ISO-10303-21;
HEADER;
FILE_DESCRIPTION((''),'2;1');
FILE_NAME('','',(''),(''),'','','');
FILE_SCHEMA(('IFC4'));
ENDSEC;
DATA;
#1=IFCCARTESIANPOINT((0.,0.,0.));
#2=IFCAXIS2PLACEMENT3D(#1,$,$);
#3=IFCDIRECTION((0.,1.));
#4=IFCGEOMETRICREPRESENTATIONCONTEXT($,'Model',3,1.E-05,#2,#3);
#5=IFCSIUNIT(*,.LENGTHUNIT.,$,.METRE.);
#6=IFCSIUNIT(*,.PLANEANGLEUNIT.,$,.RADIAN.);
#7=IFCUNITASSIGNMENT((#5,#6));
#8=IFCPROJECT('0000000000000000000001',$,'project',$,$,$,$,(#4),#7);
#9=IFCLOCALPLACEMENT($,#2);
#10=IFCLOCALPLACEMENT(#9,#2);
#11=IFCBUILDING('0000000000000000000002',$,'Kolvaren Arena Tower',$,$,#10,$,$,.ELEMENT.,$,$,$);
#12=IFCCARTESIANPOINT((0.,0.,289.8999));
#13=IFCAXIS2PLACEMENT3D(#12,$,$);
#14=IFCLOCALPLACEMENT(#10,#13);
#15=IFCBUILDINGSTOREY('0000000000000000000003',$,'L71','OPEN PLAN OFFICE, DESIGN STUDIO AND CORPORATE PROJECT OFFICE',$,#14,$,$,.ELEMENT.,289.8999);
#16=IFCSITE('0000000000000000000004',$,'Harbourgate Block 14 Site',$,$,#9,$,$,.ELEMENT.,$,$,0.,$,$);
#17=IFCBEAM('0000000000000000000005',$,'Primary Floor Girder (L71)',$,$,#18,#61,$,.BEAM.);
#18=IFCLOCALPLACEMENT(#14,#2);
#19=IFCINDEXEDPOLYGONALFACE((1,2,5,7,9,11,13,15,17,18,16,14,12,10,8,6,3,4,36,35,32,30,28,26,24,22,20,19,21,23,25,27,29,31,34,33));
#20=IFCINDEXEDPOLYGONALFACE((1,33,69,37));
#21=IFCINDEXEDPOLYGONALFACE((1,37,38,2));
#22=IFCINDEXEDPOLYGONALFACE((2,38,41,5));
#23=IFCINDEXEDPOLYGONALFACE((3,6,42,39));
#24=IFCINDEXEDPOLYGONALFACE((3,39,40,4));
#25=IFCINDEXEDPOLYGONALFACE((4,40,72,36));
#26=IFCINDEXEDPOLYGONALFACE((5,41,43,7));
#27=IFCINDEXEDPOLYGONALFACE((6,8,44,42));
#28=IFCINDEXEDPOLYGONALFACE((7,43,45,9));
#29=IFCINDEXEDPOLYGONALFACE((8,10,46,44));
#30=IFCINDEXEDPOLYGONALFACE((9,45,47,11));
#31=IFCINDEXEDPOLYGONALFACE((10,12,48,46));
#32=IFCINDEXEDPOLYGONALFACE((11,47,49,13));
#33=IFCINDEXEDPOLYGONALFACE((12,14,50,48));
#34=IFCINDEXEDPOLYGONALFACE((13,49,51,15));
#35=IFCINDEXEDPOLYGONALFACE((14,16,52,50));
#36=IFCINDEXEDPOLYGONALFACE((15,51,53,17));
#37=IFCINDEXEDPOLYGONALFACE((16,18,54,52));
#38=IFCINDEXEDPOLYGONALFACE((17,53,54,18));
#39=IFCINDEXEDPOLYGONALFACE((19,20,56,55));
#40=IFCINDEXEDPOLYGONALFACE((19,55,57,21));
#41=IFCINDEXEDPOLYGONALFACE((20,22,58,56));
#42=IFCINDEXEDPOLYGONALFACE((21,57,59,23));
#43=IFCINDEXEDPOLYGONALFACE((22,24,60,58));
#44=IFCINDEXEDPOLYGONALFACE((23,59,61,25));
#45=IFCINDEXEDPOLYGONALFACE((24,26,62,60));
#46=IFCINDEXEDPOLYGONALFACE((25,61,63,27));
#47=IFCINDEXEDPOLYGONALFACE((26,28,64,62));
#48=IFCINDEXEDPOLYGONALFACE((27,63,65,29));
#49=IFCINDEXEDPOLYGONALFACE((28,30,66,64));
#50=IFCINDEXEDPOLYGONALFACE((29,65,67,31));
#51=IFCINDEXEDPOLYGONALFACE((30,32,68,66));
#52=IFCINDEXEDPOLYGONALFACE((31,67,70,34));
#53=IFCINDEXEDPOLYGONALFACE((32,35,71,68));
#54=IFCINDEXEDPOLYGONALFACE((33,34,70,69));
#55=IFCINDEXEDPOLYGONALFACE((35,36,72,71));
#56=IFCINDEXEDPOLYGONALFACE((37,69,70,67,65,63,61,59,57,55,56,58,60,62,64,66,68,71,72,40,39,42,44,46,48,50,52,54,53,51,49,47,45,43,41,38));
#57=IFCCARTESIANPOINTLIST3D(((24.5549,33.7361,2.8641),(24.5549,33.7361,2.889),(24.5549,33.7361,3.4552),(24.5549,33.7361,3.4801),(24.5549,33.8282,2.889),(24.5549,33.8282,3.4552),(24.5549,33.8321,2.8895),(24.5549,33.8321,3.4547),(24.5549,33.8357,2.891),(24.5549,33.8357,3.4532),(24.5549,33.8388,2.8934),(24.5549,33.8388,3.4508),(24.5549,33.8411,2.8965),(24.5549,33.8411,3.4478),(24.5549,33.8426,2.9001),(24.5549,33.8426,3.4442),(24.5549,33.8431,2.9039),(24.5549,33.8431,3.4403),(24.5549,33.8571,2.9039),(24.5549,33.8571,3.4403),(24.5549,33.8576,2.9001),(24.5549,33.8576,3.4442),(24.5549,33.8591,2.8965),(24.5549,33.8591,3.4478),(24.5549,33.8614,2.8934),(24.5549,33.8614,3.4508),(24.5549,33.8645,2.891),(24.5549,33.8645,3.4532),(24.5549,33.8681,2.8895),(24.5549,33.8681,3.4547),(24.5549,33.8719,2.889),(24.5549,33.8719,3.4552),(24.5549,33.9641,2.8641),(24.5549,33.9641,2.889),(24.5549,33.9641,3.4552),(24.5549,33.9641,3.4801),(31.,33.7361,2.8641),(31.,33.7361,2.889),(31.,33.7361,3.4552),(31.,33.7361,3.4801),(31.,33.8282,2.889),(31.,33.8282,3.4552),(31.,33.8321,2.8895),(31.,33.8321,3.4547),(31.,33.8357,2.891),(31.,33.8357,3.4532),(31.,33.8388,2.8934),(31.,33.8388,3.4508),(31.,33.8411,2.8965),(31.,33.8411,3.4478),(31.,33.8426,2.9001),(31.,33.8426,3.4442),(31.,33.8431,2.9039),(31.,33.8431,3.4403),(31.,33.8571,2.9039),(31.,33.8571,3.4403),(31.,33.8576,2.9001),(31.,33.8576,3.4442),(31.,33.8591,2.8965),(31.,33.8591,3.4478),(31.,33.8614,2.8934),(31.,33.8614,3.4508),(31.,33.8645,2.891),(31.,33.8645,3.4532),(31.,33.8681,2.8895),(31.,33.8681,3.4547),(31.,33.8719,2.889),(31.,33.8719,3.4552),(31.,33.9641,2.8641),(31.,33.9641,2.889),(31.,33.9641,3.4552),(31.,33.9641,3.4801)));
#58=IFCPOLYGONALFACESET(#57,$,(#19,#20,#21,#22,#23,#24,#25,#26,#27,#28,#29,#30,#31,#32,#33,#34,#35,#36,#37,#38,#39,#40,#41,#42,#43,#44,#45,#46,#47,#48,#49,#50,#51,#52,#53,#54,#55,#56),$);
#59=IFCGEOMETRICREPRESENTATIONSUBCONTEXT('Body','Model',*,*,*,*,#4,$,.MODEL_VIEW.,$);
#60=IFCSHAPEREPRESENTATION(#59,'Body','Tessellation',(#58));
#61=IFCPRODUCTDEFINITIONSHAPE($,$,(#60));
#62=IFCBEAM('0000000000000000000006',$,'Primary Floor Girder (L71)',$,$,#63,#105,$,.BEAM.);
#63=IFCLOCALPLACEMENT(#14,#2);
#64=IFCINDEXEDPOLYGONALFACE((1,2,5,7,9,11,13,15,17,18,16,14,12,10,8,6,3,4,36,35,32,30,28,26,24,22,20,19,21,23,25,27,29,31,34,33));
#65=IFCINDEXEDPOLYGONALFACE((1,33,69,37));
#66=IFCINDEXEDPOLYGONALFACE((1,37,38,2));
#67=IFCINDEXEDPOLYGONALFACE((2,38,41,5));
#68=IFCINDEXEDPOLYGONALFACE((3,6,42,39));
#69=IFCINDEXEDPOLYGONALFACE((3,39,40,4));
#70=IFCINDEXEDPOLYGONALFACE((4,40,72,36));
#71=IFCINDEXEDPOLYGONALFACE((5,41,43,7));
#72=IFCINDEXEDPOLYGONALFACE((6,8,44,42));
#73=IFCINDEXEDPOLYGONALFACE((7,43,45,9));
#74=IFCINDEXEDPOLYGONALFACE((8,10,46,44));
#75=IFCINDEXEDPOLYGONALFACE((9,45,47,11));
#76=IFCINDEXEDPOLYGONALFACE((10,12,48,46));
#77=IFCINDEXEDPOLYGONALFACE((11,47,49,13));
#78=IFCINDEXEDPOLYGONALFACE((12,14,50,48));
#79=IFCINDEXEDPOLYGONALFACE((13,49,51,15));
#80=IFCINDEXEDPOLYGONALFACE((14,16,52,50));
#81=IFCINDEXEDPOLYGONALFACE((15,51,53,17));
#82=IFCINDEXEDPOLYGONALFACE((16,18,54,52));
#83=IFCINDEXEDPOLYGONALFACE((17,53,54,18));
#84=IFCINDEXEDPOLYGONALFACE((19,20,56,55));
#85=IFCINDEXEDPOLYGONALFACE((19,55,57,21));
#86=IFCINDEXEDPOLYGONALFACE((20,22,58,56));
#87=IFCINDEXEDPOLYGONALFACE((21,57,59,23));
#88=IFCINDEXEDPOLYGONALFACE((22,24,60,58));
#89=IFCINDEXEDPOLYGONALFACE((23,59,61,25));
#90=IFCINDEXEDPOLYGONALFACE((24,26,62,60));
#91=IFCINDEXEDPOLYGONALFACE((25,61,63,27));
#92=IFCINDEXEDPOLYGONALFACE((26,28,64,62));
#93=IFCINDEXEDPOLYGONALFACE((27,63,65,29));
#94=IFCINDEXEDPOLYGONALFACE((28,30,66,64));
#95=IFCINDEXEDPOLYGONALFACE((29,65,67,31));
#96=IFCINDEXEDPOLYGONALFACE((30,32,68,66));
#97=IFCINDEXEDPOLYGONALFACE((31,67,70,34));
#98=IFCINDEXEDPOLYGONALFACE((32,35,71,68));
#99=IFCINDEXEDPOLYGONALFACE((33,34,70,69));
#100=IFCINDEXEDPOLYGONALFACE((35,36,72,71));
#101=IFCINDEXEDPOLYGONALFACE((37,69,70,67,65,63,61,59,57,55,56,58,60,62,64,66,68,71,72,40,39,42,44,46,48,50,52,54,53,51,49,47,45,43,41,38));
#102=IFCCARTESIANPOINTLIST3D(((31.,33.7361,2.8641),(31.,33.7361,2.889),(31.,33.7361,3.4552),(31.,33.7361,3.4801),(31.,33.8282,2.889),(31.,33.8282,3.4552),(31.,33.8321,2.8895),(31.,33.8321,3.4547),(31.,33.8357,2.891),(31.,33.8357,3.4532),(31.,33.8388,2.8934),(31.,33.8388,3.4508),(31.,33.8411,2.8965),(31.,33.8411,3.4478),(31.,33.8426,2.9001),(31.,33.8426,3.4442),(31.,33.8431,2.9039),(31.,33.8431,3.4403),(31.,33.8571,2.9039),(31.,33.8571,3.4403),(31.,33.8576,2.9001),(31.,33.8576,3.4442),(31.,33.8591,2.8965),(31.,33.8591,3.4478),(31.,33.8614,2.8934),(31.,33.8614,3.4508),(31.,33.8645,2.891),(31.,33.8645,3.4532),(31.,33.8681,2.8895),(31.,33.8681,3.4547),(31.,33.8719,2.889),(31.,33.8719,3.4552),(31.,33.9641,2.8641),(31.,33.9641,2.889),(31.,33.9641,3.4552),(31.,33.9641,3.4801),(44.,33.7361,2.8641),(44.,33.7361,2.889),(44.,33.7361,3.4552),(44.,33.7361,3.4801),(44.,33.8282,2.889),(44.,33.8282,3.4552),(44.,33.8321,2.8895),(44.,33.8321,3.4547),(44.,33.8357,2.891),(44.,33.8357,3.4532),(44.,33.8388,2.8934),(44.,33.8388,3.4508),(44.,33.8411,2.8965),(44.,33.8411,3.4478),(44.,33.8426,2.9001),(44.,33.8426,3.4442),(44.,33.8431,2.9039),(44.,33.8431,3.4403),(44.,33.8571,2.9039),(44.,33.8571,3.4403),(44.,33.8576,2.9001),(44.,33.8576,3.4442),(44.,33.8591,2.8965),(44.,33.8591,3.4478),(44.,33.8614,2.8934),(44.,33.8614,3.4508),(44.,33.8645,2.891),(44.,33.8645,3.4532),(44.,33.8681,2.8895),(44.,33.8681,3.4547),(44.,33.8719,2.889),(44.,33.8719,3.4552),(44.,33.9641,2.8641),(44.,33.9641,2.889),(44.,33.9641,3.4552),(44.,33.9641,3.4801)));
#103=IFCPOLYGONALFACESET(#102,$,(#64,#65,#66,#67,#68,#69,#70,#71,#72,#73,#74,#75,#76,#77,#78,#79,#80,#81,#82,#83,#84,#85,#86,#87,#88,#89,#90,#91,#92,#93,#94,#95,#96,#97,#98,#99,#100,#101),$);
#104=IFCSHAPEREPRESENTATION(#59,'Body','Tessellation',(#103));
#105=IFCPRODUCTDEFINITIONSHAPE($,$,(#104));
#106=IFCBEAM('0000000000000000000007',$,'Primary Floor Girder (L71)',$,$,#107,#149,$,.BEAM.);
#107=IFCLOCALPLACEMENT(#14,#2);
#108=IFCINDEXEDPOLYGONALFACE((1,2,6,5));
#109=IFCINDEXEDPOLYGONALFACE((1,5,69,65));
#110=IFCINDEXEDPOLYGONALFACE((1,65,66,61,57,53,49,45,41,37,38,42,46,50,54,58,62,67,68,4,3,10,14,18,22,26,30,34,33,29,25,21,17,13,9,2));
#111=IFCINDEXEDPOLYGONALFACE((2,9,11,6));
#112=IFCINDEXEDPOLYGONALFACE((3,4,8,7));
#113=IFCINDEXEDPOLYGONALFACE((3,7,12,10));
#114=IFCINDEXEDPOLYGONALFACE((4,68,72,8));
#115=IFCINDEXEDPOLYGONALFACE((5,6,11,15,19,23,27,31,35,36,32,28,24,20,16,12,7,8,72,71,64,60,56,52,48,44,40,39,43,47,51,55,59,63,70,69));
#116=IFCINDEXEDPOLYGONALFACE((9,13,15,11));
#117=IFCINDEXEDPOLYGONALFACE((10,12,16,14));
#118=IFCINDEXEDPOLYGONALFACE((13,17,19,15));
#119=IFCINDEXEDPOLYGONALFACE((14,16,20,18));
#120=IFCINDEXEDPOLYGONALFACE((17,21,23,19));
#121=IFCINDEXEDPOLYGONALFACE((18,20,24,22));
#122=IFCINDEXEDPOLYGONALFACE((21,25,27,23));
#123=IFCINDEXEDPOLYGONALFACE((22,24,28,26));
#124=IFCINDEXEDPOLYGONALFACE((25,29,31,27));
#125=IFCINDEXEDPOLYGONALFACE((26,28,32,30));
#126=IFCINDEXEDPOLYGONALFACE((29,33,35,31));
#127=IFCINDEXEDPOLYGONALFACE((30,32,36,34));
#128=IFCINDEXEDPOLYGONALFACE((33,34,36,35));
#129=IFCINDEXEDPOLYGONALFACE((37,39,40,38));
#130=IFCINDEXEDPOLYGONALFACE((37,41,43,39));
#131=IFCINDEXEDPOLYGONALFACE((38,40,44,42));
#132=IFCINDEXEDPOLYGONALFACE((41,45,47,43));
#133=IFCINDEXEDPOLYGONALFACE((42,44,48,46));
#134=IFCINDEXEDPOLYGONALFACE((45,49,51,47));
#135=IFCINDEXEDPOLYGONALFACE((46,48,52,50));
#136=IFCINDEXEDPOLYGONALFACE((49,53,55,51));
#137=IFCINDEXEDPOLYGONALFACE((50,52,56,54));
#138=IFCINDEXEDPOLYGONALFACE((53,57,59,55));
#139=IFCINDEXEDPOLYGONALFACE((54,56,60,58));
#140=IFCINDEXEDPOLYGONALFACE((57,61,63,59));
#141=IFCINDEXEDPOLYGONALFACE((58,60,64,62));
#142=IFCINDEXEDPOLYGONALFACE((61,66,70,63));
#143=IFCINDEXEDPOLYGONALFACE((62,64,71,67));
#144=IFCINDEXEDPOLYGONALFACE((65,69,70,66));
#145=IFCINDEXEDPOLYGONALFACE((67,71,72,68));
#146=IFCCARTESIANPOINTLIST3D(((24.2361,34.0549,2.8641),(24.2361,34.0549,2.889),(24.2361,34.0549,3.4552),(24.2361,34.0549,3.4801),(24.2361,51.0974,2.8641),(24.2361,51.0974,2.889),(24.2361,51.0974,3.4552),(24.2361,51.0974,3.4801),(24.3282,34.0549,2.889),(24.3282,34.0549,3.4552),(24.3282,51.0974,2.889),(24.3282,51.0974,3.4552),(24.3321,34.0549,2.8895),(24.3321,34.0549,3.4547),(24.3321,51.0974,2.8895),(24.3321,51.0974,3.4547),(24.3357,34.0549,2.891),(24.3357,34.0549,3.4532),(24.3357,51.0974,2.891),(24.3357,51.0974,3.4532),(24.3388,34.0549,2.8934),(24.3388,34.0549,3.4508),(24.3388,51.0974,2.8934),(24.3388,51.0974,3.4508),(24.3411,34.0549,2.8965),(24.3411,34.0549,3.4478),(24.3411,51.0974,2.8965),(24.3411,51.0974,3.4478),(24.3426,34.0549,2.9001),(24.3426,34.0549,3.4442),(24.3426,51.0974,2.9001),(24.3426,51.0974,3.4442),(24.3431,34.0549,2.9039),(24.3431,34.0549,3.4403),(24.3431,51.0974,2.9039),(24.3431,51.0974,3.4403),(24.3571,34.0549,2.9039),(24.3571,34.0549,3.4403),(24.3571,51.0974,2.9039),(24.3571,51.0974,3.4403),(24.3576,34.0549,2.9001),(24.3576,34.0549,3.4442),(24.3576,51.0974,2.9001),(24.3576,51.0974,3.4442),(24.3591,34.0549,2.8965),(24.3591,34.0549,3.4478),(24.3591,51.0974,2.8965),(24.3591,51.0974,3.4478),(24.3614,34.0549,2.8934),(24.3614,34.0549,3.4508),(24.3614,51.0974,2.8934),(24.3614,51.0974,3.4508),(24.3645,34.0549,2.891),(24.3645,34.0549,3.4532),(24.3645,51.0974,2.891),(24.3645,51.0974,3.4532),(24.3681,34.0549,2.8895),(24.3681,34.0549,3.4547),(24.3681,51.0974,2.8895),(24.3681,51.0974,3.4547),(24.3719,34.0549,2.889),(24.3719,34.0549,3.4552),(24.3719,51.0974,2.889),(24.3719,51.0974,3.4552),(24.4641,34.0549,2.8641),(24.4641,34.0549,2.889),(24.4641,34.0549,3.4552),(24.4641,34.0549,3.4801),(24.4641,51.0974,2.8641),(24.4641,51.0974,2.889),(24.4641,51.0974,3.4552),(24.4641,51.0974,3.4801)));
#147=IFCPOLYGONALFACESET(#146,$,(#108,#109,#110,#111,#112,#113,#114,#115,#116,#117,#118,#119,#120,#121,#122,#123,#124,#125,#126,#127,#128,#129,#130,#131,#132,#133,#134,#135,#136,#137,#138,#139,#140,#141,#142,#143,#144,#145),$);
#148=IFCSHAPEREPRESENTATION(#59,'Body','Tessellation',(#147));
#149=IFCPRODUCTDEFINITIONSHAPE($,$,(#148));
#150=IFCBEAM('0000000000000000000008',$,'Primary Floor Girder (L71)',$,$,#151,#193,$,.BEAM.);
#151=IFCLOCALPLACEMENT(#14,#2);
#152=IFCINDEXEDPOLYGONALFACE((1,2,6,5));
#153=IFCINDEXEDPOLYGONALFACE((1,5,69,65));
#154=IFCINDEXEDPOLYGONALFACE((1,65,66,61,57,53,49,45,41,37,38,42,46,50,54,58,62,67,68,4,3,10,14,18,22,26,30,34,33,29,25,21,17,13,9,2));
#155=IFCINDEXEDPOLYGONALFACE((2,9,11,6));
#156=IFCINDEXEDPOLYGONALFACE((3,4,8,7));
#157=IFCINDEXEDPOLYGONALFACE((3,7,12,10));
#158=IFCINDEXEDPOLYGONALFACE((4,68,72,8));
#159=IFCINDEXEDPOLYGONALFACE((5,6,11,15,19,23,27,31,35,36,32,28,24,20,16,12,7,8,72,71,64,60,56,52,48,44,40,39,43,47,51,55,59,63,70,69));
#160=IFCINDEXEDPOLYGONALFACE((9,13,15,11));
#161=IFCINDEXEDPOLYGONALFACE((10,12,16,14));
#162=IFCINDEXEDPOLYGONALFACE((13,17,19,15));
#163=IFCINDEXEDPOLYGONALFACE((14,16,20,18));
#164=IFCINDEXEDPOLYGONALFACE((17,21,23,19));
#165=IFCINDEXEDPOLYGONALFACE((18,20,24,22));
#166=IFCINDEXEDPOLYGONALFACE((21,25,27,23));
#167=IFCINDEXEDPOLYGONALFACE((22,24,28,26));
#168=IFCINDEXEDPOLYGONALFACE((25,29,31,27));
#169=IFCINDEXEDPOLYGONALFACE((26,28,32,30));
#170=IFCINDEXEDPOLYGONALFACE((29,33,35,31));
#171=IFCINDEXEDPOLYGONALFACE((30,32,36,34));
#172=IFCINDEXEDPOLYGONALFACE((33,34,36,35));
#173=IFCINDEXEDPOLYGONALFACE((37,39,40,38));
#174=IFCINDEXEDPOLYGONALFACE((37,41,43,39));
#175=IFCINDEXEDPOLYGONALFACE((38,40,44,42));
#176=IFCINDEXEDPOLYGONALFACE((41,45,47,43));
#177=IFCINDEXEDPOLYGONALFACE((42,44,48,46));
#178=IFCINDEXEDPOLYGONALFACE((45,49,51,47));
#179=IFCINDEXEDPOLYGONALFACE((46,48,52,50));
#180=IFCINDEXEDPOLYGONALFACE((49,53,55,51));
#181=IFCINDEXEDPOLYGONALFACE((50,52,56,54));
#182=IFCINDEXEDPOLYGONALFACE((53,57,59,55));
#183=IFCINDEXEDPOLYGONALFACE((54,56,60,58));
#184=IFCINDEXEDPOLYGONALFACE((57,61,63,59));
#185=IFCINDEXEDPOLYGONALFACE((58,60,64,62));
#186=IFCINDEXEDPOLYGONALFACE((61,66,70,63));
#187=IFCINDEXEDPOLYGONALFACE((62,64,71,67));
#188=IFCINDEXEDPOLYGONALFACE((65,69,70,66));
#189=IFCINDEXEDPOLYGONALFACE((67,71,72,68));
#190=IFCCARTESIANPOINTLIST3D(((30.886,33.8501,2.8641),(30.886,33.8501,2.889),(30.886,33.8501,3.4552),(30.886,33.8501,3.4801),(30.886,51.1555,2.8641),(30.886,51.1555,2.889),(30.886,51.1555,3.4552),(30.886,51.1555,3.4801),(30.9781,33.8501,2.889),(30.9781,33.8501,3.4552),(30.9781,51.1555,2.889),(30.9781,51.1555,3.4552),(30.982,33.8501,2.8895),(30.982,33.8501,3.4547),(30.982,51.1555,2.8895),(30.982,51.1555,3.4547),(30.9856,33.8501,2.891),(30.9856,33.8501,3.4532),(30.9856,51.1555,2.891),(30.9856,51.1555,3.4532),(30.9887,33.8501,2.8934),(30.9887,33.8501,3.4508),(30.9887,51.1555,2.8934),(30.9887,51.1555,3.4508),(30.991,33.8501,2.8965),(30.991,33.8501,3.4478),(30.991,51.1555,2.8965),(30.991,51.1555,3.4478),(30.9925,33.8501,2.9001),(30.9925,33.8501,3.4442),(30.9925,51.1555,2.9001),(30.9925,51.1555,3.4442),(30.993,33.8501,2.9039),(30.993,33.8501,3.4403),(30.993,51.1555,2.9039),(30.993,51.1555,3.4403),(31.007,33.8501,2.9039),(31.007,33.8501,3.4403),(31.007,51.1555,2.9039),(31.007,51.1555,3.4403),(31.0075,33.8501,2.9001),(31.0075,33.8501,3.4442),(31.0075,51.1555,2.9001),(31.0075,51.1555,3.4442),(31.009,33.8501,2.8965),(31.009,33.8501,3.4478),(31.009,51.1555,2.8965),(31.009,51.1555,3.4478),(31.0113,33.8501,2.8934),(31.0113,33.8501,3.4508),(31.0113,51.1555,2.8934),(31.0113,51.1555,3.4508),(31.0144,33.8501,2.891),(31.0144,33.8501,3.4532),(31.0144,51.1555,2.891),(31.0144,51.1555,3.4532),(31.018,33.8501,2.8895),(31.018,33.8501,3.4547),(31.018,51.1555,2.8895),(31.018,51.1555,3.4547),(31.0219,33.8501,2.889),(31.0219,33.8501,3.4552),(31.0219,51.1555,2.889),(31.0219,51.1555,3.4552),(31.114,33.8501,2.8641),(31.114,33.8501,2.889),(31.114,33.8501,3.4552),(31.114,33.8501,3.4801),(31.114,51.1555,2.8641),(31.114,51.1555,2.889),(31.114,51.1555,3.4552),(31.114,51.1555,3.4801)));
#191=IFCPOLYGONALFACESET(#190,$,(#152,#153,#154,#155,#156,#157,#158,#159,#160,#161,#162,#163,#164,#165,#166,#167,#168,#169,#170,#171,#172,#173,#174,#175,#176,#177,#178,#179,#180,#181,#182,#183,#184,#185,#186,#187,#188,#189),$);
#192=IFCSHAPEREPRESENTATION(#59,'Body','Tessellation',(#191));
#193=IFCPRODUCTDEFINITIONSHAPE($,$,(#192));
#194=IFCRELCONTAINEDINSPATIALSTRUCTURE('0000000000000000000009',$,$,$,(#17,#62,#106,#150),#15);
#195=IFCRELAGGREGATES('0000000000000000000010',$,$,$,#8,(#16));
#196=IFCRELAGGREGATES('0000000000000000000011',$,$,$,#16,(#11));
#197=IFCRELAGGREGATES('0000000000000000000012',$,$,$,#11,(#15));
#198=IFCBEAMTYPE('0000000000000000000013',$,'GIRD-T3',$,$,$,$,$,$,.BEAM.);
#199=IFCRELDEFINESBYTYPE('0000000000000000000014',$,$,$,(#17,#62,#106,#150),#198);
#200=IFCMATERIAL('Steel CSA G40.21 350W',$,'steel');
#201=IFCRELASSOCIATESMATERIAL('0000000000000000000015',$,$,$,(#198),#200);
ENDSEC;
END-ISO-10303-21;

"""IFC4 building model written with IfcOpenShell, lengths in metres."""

from ifc_helpers import new_model, si_unit, direction, frame, origin, origin_2d, place, context, subcontext, project, spatial, i_section, extrude, material, material_profile, profile_set, type_object, element, save


model = new_model("IFC4")

# Units and contexts
model_context = context("Model", 3, precision=1e-05, world=origin(), true_north=direction((0.0, 1.0)))
body_context = subcontext(model_context, "Body", "Model", "MODEL_VIEW")
ifc_project = project(units=[si_unit("LENGTHUNIT", "METRE"), si_unit("PLANEANGLEUNIT", "RADIAN")], contexts=[model_context])

# Site, building, storey
site_placement = place(None, origin())
site = spatial("IfcSite", under=ifc_project, at=site_placement, Name="Harbourgate Block 14 Site", CompositionType="ELEMENT", RefElevation=0.0)
building_placement = place(site_placement, origin())
building = spatial("IfcBuilding", under=site, at=building_placement, Name="Kolvaren Arena Tower", CompositionType="ELEMENT")
storey_placement = place(building_placement, frame((0.0, 0.0, 289.8999)))
storey = spatial("IfcBuildingStorey", under=building, at=storey_placement, Name="L71", Description="OPEN PLAN OFFICE, DESIGN STUDIO AND CORPORATE PROJECT OFFICE", CompositionType="ELEMENT", Elevation=289.8999)

# Beams
ifc_material_1 = material(Name="Steel CSA G40.21 350W", Category="steel")
ifc_material_profile_1 = material_profile(ifc_material_1, i_section(OverallWidth=0.228, OverallDepth=0.616, WebThickness=0.0139, FlangeThickness=0.0249, FilletRadius=0.0149, at=origin_2d()), Name="W610x174")
ifc_profile_set_1 = profile_set([ifc_material_profile_1], Name="Steel CSA G40.21 350W")
beam_type_1 = type_object("IfcBeamType", Name="GIRD-T3", PredefinedType="BEAM", material=ifc_profile_set_1)
beam_1_placement = place(storey_placement, frame((24.5549, 33.8501, 3.1721), z_axis=(1.0, 0.0, 0.0), x_axis=(0.0, 1.0, 0.0)))
element("IfcBeam", 1, at=beam_1_placement, inside=storey, type_object=beam_type_1, Name="Primary Floor Girder (L71)", PredefinedType="BEAM", context=body_context, shape_type="SweptSolid", body=[
    extrude(i_section(OverallWidth=0.228, OverallDepth=0.616, WebThickness=0.0139, FlangeThickness=0.0249, FilletRadius=0.0149, at=origin_2d()), origin(), (0.0, 0.0, 1.0), 6.4451),
])
beam_2_placement = place(storey_placement, frame((31.0, 33.8501, 3.1721), z_axis=(1.0, 0.0, 0.0), x_axis=(0.0, 1.0, 0.0)))
element("IfcBeam", 2, at=beam_2_placement, inside=storey, type_object=beam_type_1, Name="Primary Floor Girder (L71)", PredefinedType="BEAM", context=body_context, shape_type="SweptSolid", body=[
    extrude(i_section(OverallWidth=0.228, OverallDepth=0.616, WebThickness=0.0139, FlangeThickness=0.0249, FilletRadius=0.0149, at=origin_2d()), origin(), (0.0, 0.0, 1.0), 13.0),
])
beam_3_placement = place(storey_placement, frame((24.3501, 34.0549, 3.1721), z_axis=(0.0, 1.0, 0.0), x_axis=(-1.0, 0.0, 0.0)))
element("IfcBeam", 3, at=beam_3_placement, inside=storey, type_object=beam_type_1, Name="Primary Floor Girder (L71)", PredefinedType="BEAM", context=body_context, shape_type="SweptSolid", body=[
    extrude(i_section(OverallWidth=0.228, OverallDepth=0.616, WebThickness=0.0139, FlangeThickness=0.0249, FilletRadius=0.0149, at=origin_2d()), origin(), (0.0, 0.0, 1.0), 17.0425),
])
beam_4_placement = place(storey_placement, frame((31.0, 33.8501, 3.1721), z_axis=(0.0, 1.0, 0.0), x_axis=(-1.0, 0.0, 0.0)))
element("IfcBeam", 4, at=beam_4_placement, inside=storey, type_object=beam_type_1, Name="Primary Floor Girder (L71)", PredefinedType="BEAM", context=body_context, shape_type="SweptSolid", body=[
    extrude(i_section(OverallWidth=0.228, OverallDepth=0.616, WebThickness=0.0139, FlangeThickness=0.0249, FilletRadius=0.0149, at=origin_2d()), origin(), (0.0, 0.0, 1.0), 17.3054),
])

save(model, "model.ifc")
